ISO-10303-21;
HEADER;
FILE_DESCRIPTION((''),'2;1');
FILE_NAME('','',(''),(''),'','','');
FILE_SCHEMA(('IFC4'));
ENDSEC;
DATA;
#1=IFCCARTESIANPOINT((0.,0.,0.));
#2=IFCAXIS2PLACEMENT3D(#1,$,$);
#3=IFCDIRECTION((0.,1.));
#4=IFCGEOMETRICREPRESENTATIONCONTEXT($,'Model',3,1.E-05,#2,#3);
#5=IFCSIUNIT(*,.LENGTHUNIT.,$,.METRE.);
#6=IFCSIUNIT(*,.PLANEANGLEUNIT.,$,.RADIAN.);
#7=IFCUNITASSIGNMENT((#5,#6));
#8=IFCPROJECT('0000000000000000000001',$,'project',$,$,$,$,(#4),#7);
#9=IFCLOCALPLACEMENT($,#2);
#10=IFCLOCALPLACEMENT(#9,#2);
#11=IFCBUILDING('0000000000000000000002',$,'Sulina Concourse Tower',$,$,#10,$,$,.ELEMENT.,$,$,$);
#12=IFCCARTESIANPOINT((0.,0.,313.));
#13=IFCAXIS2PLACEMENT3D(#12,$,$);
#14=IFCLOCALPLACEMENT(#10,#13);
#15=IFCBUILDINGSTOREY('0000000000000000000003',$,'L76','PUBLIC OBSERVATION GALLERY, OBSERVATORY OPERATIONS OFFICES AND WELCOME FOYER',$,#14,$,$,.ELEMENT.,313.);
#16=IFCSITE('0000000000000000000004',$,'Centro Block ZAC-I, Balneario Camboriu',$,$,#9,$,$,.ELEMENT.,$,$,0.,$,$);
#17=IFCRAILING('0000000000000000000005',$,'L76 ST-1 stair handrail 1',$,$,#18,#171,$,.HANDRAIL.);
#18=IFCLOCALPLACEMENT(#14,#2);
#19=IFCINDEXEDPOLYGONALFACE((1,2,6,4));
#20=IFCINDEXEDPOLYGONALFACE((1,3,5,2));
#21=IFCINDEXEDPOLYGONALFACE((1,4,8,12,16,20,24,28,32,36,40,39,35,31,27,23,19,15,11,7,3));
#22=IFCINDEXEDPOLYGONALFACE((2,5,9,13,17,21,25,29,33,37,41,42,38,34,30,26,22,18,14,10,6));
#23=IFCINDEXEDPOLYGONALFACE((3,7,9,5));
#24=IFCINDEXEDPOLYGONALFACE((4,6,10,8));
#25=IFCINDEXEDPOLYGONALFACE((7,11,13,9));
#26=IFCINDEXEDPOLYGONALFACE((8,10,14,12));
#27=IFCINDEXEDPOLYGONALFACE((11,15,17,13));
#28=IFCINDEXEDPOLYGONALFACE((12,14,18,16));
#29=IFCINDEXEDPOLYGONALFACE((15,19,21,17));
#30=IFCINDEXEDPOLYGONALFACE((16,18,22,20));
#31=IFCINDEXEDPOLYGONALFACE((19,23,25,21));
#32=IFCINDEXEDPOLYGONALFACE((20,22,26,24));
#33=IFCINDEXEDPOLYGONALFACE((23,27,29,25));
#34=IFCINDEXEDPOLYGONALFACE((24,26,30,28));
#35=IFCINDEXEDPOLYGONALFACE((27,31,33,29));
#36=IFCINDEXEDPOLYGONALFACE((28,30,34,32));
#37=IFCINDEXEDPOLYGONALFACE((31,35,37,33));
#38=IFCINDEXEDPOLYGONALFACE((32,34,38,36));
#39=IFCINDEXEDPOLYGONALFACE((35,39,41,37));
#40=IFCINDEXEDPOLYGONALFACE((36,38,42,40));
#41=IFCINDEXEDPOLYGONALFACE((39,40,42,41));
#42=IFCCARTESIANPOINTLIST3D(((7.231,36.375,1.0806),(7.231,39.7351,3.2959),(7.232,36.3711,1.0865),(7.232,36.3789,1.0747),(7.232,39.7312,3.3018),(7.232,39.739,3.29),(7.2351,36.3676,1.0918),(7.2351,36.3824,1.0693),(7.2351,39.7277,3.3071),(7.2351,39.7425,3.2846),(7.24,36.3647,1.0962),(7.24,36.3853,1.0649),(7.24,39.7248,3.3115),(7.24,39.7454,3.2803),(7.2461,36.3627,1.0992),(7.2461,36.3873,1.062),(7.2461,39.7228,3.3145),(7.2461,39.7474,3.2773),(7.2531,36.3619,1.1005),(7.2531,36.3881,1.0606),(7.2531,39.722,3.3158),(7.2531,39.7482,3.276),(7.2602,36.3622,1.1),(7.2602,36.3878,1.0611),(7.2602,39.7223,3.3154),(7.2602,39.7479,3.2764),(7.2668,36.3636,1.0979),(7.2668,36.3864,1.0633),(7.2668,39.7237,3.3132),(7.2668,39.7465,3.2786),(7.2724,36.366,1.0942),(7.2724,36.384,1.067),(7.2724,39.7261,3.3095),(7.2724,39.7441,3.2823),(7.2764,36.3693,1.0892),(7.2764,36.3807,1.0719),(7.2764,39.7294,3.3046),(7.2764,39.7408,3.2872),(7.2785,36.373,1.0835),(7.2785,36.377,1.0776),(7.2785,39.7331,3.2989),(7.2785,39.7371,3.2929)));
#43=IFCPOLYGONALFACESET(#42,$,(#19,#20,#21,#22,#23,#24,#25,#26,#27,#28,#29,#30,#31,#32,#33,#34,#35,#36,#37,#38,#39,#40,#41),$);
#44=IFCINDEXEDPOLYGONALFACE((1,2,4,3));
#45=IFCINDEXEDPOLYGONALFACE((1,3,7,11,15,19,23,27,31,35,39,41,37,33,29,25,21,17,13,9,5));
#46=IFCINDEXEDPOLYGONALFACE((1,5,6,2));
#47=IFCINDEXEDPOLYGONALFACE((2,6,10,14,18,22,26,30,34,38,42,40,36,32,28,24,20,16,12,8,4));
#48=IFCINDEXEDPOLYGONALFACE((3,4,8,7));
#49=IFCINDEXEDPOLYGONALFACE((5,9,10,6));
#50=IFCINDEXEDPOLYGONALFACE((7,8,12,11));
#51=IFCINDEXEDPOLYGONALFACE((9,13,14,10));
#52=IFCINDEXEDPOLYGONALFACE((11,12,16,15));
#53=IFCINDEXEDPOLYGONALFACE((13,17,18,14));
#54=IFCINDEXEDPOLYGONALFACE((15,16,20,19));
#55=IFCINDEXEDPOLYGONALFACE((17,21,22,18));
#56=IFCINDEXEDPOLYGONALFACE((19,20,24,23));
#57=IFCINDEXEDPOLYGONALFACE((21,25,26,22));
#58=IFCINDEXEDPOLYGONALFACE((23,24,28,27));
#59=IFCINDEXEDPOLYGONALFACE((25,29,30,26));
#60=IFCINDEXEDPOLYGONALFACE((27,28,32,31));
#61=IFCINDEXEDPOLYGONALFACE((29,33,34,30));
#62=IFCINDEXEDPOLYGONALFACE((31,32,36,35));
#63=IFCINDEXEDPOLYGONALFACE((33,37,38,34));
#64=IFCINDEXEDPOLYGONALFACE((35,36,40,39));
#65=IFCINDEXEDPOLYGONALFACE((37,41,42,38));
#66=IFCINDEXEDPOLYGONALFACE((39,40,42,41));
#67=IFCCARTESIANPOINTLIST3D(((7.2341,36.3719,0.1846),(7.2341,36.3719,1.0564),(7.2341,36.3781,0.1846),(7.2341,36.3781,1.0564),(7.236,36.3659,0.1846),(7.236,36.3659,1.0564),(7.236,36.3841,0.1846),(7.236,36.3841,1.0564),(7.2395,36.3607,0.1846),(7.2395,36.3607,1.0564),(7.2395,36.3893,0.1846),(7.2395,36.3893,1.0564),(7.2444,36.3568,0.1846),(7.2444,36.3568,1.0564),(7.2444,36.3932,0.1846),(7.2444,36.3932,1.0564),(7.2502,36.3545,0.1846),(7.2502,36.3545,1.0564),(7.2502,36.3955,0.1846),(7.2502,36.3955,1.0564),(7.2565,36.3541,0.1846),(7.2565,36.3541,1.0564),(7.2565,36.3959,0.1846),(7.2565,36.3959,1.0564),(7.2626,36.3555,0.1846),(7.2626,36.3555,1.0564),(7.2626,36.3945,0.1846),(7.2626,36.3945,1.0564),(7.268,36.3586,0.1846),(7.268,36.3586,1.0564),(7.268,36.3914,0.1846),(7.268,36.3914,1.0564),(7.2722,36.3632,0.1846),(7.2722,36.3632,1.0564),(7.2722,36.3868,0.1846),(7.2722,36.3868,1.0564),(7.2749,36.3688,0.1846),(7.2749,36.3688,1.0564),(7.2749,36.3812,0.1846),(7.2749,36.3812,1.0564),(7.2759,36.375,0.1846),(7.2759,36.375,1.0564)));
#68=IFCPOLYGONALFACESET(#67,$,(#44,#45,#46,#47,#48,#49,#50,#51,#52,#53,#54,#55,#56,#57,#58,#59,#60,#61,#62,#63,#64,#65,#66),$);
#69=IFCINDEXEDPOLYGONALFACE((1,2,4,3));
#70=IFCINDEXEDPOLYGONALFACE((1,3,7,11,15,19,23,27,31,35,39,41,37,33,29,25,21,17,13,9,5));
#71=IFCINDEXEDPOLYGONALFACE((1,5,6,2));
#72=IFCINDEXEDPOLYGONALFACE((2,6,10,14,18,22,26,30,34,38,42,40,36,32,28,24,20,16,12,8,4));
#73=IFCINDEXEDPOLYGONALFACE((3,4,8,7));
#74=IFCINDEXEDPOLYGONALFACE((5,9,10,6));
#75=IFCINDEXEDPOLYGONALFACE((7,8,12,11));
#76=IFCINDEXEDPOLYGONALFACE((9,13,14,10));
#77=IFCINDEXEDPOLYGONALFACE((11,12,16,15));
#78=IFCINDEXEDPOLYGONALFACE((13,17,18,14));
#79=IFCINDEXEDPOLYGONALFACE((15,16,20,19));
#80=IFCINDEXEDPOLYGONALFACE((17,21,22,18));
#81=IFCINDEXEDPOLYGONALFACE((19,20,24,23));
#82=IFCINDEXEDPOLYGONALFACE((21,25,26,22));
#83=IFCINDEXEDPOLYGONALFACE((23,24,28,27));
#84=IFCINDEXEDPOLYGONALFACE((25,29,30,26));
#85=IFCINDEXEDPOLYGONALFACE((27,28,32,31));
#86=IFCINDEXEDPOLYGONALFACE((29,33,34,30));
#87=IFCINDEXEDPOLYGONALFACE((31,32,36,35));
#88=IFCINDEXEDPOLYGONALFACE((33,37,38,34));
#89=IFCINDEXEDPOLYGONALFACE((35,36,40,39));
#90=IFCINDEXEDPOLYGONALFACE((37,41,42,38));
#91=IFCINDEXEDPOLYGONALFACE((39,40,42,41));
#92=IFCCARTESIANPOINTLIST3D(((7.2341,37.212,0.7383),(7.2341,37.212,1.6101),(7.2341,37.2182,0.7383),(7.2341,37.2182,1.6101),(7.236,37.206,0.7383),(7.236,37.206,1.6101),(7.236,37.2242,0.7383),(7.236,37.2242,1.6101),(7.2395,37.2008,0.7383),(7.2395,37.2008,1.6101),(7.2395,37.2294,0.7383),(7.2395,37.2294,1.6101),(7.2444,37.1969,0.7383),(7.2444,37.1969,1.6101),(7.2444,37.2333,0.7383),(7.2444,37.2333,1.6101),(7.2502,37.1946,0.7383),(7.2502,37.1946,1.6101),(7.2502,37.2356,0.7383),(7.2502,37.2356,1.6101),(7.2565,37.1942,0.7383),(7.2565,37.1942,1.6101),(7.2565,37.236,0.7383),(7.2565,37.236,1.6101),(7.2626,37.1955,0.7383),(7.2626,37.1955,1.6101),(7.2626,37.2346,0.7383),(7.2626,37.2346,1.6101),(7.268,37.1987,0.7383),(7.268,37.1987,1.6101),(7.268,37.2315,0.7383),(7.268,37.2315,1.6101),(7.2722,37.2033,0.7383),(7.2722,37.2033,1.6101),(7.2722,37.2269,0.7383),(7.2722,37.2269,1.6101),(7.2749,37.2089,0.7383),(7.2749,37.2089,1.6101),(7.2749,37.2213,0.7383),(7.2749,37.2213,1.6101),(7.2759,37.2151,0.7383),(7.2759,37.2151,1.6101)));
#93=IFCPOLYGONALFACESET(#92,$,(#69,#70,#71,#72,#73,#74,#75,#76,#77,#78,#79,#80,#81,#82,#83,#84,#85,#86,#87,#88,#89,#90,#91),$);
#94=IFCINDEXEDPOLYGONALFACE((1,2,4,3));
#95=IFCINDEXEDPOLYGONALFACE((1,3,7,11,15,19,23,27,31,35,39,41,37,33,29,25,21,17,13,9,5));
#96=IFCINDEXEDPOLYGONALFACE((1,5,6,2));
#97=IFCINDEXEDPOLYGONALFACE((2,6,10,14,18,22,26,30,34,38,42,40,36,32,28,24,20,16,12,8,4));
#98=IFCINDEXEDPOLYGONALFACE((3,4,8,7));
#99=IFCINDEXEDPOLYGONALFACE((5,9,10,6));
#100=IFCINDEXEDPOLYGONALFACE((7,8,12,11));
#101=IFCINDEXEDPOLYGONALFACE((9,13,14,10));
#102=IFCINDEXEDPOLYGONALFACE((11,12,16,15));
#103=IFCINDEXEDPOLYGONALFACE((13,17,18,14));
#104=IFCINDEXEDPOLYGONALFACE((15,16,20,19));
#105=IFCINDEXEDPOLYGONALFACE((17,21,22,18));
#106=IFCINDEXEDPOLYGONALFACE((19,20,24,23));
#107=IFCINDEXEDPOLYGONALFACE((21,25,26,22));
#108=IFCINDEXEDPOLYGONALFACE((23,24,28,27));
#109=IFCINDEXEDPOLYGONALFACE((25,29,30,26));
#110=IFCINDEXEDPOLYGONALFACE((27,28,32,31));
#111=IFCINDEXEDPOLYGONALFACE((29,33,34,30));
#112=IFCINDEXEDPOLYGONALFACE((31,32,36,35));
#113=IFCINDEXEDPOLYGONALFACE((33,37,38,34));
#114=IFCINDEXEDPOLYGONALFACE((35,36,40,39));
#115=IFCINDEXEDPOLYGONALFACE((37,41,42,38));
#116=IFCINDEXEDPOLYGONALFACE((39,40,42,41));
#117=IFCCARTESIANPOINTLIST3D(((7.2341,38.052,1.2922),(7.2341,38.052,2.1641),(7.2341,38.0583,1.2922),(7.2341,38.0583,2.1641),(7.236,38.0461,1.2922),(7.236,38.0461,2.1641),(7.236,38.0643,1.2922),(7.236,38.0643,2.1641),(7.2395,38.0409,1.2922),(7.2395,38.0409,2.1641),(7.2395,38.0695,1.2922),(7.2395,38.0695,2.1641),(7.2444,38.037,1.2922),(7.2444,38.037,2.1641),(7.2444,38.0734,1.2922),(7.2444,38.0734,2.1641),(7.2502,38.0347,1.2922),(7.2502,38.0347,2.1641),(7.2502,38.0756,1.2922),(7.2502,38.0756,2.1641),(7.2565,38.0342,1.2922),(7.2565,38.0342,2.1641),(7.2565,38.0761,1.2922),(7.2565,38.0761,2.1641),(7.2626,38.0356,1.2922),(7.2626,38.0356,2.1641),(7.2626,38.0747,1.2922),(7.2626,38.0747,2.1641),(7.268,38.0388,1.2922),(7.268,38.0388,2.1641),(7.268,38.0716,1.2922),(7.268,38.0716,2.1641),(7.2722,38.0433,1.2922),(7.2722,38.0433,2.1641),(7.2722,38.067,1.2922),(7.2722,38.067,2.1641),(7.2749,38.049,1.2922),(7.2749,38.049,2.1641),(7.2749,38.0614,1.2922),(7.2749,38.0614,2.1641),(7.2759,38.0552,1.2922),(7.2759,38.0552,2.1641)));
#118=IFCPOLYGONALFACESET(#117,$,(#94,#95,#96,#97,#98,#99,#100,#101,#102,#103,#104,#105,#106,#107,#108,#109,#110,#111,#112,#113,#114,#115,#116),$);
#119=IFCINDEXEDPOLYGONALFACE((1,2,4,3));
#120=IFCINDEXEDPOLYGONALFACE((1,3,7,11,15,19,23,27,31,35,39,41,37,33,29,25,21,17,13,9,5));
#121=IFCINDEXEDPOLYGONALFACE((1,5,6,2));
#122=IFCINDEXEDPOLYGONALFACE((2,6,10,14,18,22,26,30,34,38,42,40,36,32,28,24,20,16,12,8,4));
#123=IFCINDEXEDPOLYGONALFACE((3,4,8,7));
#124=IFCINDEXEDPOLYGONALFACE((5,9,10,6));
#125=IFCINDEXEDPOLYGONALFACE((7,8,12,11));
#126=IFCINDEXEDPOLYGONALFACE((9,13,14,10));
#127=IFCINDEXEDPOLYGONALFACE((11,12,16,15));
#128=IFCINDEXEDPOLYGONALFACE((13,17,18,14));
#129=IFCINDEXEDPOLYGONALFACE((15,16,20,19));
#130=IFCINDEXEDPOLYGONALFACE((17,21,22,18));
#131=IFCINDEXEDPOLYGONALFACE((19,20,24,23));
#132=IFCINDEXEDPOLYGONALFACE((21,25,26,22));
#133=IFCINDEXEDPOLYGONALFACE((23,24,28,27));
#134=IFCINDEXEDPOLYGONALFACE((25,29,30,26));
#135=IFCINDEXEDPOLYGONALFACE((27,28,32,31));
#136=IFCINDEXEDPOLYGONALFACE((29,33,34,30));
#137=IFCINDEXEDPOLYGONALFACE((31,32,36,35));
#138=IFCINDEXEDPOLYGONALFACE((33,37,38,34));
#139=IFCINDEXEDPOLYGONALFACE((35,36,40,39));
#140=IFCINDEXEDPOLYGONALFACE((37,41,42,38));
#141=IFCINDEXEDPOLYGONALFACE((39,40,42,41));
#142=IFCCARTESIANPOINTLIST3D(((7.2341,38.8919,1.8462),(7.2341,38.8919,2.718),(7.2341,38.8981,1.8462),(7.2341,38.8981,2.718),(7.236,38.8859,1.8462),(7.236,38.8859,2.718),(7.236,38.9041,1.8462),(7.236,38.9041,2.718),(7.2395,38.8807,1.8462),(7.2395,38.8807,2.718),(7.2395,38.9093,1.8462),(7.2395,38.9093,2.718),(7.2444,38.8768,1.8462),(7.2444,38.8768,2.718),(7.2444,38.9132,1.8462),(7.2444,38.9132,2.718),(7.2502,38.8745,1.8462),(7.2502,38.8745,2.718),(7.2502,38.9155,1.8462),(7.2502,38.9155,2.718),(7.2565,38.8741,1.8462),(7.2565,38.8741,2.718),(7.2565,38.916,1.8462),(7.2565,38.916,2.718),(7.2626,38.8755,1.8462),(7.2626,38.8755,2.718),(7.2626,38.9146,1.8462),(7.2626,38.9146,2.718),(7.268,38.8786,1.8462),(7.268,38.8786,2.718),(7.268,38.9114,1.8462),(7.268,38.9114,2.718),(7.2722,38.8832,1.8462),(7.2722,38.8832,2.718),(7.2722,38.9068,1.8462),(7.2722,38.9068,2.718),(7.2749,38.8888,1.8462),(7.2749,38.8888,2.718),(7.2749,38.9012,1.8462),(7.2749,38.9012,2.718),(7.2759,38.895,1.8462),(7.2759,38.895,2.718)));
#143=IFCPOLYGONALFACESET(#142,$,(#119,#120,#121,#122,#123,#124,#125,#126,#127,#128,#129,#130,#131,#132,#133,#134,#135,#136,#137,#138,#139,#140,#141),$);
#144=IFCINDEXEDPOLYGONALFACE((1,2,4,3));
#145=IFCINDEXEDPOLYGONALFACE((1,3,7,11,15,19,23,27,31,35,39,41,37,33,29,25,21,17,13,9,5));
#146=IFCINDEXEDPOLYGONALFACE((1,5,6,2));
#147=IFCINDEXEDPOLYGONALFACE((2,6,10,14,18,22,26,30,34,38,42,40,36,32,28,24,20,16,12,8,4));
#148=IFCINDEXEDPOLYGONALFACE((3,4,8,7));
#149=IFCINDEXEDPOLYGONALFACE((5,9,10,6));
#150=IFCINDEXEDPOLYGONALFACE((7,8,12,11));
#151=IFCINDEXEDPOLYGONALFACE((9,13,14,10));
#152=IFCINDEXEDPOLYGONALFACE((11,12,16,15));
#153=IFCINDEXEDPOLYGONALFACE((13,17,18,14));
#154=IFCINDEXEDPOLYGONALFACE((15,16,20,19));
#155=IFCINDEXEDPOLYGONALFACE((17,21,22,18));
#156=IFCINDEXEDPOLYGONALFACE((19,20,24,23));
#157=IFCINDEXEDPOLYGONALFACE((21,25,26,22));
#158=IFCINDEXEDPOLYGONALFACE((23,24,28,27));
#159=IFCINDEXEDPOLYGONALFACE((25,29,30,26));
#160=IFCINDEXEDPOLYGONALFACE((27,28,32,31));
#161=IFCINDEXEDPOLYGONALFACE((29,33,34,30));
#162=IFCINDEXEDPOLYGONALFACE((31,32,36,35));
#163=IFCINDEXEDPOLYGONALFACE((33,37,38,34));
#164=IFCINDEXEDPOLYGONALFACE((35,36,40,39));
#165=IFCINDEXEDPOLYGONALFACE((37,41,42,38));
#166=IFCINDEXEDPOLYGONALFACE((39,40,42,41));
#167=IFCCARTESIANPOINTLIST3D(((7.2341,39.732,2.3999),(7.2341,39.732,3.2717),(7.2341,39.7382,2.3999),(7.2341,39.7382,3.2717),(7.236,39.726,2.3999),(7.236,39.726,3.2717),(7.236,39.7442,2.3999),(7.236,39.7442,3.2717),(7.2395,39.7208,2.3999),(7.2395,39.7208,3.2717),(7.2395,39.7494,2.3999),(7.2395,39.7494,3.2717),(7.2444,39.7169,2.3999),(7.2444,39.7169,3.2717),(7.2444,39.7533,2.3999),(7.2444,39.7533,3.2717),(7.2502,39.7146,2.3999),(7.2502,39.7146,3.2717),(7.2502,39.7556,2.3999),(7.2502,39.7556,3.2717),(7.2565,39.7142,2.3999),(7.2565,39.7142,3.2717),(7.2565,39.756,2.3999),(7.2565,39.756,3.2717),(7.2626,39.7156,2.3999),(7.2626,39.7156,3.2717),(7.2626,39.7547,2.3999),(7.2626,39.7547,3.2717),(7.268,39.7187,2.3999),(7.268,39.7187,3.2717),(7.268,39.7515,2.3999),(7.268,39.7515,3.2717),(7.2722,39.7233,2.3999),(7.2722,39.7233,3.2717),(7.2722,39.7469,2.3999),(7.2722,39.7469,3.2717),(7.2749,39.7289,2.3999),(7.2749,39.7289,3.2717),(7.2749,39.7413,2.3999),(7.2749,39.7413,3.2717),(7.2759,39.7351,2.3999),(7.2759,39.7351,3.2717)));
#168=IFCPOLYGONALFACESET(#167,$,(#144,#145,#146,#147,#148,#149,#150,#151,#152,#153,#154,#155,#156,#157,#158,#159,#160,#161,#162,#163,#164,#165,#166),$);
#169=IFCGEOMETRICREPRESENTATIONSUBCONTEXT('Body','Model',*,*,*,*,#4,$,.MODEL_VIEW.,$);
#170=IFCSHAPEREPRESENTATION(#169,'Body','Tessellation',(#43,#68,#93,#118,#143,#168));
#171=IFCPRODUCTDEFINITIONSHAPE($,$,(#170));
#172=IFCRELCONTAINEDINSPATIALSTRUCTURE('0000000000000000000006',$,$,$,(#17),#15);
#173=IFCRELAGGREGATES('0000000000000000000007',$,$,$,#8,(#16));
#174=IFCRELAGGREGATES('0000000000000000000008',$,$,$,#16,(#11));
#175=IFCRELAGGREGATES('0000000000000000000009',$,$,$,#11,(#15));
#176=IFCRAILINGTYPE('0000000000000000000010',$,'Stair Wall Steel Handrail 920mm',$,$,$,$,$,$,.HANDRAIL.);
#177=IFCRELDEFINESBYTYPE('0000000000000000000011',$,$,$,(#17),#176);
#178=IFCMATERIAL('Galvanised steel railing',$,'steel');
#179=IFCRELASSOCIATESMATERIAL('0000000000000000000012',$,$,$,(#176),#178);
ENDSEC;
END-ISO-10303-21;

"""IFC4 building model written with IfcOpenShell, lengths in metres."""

from ifc_helpers import new_model, si_unit, direction, frame, origin, origin_2d, place, context, subcontext, project, spatial, circle, extrude, material, type_object, element, save


model = new_model("IFC4")

# Units and contexts
model_context = context("Model", 3, precision=1e-05, world=origin(), true_north=direction((0.0, 1.0)))
body_context = subcontext(model_context, "Body", "Model", "MODEL_VIEW")
ifc_project = project(units=[si_unit("LENGTHUNIT", "METRE"), si_unit("PLANEANGLEUNIT", "RADIAN")], contexts=[model_context])

# Site, building, storey
site_placement = place(None, origin())
site = spatial("IfcSite", under=ifc_project, at=site_placement, Name="Centro Block ZAC-I, Balneario Camboriu", CompositionType="ELEMENT", RefElevation=0.0)
building_placement = place(site_placement, origin())
building = spatial("IfcBuilding", under=site, at=building_placement, Name="Sulina Concourse Tower", CompositionType="ELEMENT")
storey_placement = place(building_placement, frame((0.0, 0.0, 313.0)))
storey = spatial("IfcBuildingStorey", under=building, at=storey_placement, Name="L76", Description="PUBLIC OBSERVATION GALLERY, OBSERVATORY OPERATIONS OFFICES AND WELCOME FOYER", CompositionType="ELEMENT", Elevation=313.0)

# Railing
ifc_material_1 = material(Name="Galvanised steel railing", Category="steel")
railing_type_1 = type_object("IfcRailingType", Name="Stair Wall Steel Handrail 920mm", PredefinedType="HANDRAIL", material=ifc_material_1)
railing_1_placement = place(storey_placement, frame((7.2549, 36.375, 0.1846)))
element("IfcRailing", 1, at=railing_1_placement, inside=storey, type_object=railing_type_1, Name="L76 ST-1 stair handrail 1", PredefinedType="HANDRAIL", context=body_context, shape_type="SweptSolid", body=[
    extrude(circle(Radius=0.0239, at=origin_2d()), frame((0.0, 0.0, 0.896), z_axis=(0.0, 0.834876, 0.550437), x_axis=(-1.0, 0.0, 0.0)), (0.0, 0.0, 1.0), 4.0247),
    extrude(circle(Radius=0.021, at=origin_2d()), origin(), (0.0, 0.0, 1.0), 0.8718),
    extrude(circle(Radius=0.021, at=origin_2d()), frame((0.0, 0.8401, 0.5537)), (0.0, 0.0, 1.0), 0.8718),
    extrude(circle(Radius=0.021, at=origin_2d()), frame((0.0, 1.6802, 1.1077)), (0.0, 0.0, 1.0), 0.8718),
    extrude(circle(Radius=0.021, at=origin_2d()), frame((0.0, 2.52, 1.6616)), (0.0, 0.0, 1.0), 0.8718),
    extrude(circle(Radius=0.021, at=origin_2d()), frame((0.0, 3.3601, 2.2153)), (0.0, 0.0, 1.0), 0.8718),
])

save(model, "model.ifc")
